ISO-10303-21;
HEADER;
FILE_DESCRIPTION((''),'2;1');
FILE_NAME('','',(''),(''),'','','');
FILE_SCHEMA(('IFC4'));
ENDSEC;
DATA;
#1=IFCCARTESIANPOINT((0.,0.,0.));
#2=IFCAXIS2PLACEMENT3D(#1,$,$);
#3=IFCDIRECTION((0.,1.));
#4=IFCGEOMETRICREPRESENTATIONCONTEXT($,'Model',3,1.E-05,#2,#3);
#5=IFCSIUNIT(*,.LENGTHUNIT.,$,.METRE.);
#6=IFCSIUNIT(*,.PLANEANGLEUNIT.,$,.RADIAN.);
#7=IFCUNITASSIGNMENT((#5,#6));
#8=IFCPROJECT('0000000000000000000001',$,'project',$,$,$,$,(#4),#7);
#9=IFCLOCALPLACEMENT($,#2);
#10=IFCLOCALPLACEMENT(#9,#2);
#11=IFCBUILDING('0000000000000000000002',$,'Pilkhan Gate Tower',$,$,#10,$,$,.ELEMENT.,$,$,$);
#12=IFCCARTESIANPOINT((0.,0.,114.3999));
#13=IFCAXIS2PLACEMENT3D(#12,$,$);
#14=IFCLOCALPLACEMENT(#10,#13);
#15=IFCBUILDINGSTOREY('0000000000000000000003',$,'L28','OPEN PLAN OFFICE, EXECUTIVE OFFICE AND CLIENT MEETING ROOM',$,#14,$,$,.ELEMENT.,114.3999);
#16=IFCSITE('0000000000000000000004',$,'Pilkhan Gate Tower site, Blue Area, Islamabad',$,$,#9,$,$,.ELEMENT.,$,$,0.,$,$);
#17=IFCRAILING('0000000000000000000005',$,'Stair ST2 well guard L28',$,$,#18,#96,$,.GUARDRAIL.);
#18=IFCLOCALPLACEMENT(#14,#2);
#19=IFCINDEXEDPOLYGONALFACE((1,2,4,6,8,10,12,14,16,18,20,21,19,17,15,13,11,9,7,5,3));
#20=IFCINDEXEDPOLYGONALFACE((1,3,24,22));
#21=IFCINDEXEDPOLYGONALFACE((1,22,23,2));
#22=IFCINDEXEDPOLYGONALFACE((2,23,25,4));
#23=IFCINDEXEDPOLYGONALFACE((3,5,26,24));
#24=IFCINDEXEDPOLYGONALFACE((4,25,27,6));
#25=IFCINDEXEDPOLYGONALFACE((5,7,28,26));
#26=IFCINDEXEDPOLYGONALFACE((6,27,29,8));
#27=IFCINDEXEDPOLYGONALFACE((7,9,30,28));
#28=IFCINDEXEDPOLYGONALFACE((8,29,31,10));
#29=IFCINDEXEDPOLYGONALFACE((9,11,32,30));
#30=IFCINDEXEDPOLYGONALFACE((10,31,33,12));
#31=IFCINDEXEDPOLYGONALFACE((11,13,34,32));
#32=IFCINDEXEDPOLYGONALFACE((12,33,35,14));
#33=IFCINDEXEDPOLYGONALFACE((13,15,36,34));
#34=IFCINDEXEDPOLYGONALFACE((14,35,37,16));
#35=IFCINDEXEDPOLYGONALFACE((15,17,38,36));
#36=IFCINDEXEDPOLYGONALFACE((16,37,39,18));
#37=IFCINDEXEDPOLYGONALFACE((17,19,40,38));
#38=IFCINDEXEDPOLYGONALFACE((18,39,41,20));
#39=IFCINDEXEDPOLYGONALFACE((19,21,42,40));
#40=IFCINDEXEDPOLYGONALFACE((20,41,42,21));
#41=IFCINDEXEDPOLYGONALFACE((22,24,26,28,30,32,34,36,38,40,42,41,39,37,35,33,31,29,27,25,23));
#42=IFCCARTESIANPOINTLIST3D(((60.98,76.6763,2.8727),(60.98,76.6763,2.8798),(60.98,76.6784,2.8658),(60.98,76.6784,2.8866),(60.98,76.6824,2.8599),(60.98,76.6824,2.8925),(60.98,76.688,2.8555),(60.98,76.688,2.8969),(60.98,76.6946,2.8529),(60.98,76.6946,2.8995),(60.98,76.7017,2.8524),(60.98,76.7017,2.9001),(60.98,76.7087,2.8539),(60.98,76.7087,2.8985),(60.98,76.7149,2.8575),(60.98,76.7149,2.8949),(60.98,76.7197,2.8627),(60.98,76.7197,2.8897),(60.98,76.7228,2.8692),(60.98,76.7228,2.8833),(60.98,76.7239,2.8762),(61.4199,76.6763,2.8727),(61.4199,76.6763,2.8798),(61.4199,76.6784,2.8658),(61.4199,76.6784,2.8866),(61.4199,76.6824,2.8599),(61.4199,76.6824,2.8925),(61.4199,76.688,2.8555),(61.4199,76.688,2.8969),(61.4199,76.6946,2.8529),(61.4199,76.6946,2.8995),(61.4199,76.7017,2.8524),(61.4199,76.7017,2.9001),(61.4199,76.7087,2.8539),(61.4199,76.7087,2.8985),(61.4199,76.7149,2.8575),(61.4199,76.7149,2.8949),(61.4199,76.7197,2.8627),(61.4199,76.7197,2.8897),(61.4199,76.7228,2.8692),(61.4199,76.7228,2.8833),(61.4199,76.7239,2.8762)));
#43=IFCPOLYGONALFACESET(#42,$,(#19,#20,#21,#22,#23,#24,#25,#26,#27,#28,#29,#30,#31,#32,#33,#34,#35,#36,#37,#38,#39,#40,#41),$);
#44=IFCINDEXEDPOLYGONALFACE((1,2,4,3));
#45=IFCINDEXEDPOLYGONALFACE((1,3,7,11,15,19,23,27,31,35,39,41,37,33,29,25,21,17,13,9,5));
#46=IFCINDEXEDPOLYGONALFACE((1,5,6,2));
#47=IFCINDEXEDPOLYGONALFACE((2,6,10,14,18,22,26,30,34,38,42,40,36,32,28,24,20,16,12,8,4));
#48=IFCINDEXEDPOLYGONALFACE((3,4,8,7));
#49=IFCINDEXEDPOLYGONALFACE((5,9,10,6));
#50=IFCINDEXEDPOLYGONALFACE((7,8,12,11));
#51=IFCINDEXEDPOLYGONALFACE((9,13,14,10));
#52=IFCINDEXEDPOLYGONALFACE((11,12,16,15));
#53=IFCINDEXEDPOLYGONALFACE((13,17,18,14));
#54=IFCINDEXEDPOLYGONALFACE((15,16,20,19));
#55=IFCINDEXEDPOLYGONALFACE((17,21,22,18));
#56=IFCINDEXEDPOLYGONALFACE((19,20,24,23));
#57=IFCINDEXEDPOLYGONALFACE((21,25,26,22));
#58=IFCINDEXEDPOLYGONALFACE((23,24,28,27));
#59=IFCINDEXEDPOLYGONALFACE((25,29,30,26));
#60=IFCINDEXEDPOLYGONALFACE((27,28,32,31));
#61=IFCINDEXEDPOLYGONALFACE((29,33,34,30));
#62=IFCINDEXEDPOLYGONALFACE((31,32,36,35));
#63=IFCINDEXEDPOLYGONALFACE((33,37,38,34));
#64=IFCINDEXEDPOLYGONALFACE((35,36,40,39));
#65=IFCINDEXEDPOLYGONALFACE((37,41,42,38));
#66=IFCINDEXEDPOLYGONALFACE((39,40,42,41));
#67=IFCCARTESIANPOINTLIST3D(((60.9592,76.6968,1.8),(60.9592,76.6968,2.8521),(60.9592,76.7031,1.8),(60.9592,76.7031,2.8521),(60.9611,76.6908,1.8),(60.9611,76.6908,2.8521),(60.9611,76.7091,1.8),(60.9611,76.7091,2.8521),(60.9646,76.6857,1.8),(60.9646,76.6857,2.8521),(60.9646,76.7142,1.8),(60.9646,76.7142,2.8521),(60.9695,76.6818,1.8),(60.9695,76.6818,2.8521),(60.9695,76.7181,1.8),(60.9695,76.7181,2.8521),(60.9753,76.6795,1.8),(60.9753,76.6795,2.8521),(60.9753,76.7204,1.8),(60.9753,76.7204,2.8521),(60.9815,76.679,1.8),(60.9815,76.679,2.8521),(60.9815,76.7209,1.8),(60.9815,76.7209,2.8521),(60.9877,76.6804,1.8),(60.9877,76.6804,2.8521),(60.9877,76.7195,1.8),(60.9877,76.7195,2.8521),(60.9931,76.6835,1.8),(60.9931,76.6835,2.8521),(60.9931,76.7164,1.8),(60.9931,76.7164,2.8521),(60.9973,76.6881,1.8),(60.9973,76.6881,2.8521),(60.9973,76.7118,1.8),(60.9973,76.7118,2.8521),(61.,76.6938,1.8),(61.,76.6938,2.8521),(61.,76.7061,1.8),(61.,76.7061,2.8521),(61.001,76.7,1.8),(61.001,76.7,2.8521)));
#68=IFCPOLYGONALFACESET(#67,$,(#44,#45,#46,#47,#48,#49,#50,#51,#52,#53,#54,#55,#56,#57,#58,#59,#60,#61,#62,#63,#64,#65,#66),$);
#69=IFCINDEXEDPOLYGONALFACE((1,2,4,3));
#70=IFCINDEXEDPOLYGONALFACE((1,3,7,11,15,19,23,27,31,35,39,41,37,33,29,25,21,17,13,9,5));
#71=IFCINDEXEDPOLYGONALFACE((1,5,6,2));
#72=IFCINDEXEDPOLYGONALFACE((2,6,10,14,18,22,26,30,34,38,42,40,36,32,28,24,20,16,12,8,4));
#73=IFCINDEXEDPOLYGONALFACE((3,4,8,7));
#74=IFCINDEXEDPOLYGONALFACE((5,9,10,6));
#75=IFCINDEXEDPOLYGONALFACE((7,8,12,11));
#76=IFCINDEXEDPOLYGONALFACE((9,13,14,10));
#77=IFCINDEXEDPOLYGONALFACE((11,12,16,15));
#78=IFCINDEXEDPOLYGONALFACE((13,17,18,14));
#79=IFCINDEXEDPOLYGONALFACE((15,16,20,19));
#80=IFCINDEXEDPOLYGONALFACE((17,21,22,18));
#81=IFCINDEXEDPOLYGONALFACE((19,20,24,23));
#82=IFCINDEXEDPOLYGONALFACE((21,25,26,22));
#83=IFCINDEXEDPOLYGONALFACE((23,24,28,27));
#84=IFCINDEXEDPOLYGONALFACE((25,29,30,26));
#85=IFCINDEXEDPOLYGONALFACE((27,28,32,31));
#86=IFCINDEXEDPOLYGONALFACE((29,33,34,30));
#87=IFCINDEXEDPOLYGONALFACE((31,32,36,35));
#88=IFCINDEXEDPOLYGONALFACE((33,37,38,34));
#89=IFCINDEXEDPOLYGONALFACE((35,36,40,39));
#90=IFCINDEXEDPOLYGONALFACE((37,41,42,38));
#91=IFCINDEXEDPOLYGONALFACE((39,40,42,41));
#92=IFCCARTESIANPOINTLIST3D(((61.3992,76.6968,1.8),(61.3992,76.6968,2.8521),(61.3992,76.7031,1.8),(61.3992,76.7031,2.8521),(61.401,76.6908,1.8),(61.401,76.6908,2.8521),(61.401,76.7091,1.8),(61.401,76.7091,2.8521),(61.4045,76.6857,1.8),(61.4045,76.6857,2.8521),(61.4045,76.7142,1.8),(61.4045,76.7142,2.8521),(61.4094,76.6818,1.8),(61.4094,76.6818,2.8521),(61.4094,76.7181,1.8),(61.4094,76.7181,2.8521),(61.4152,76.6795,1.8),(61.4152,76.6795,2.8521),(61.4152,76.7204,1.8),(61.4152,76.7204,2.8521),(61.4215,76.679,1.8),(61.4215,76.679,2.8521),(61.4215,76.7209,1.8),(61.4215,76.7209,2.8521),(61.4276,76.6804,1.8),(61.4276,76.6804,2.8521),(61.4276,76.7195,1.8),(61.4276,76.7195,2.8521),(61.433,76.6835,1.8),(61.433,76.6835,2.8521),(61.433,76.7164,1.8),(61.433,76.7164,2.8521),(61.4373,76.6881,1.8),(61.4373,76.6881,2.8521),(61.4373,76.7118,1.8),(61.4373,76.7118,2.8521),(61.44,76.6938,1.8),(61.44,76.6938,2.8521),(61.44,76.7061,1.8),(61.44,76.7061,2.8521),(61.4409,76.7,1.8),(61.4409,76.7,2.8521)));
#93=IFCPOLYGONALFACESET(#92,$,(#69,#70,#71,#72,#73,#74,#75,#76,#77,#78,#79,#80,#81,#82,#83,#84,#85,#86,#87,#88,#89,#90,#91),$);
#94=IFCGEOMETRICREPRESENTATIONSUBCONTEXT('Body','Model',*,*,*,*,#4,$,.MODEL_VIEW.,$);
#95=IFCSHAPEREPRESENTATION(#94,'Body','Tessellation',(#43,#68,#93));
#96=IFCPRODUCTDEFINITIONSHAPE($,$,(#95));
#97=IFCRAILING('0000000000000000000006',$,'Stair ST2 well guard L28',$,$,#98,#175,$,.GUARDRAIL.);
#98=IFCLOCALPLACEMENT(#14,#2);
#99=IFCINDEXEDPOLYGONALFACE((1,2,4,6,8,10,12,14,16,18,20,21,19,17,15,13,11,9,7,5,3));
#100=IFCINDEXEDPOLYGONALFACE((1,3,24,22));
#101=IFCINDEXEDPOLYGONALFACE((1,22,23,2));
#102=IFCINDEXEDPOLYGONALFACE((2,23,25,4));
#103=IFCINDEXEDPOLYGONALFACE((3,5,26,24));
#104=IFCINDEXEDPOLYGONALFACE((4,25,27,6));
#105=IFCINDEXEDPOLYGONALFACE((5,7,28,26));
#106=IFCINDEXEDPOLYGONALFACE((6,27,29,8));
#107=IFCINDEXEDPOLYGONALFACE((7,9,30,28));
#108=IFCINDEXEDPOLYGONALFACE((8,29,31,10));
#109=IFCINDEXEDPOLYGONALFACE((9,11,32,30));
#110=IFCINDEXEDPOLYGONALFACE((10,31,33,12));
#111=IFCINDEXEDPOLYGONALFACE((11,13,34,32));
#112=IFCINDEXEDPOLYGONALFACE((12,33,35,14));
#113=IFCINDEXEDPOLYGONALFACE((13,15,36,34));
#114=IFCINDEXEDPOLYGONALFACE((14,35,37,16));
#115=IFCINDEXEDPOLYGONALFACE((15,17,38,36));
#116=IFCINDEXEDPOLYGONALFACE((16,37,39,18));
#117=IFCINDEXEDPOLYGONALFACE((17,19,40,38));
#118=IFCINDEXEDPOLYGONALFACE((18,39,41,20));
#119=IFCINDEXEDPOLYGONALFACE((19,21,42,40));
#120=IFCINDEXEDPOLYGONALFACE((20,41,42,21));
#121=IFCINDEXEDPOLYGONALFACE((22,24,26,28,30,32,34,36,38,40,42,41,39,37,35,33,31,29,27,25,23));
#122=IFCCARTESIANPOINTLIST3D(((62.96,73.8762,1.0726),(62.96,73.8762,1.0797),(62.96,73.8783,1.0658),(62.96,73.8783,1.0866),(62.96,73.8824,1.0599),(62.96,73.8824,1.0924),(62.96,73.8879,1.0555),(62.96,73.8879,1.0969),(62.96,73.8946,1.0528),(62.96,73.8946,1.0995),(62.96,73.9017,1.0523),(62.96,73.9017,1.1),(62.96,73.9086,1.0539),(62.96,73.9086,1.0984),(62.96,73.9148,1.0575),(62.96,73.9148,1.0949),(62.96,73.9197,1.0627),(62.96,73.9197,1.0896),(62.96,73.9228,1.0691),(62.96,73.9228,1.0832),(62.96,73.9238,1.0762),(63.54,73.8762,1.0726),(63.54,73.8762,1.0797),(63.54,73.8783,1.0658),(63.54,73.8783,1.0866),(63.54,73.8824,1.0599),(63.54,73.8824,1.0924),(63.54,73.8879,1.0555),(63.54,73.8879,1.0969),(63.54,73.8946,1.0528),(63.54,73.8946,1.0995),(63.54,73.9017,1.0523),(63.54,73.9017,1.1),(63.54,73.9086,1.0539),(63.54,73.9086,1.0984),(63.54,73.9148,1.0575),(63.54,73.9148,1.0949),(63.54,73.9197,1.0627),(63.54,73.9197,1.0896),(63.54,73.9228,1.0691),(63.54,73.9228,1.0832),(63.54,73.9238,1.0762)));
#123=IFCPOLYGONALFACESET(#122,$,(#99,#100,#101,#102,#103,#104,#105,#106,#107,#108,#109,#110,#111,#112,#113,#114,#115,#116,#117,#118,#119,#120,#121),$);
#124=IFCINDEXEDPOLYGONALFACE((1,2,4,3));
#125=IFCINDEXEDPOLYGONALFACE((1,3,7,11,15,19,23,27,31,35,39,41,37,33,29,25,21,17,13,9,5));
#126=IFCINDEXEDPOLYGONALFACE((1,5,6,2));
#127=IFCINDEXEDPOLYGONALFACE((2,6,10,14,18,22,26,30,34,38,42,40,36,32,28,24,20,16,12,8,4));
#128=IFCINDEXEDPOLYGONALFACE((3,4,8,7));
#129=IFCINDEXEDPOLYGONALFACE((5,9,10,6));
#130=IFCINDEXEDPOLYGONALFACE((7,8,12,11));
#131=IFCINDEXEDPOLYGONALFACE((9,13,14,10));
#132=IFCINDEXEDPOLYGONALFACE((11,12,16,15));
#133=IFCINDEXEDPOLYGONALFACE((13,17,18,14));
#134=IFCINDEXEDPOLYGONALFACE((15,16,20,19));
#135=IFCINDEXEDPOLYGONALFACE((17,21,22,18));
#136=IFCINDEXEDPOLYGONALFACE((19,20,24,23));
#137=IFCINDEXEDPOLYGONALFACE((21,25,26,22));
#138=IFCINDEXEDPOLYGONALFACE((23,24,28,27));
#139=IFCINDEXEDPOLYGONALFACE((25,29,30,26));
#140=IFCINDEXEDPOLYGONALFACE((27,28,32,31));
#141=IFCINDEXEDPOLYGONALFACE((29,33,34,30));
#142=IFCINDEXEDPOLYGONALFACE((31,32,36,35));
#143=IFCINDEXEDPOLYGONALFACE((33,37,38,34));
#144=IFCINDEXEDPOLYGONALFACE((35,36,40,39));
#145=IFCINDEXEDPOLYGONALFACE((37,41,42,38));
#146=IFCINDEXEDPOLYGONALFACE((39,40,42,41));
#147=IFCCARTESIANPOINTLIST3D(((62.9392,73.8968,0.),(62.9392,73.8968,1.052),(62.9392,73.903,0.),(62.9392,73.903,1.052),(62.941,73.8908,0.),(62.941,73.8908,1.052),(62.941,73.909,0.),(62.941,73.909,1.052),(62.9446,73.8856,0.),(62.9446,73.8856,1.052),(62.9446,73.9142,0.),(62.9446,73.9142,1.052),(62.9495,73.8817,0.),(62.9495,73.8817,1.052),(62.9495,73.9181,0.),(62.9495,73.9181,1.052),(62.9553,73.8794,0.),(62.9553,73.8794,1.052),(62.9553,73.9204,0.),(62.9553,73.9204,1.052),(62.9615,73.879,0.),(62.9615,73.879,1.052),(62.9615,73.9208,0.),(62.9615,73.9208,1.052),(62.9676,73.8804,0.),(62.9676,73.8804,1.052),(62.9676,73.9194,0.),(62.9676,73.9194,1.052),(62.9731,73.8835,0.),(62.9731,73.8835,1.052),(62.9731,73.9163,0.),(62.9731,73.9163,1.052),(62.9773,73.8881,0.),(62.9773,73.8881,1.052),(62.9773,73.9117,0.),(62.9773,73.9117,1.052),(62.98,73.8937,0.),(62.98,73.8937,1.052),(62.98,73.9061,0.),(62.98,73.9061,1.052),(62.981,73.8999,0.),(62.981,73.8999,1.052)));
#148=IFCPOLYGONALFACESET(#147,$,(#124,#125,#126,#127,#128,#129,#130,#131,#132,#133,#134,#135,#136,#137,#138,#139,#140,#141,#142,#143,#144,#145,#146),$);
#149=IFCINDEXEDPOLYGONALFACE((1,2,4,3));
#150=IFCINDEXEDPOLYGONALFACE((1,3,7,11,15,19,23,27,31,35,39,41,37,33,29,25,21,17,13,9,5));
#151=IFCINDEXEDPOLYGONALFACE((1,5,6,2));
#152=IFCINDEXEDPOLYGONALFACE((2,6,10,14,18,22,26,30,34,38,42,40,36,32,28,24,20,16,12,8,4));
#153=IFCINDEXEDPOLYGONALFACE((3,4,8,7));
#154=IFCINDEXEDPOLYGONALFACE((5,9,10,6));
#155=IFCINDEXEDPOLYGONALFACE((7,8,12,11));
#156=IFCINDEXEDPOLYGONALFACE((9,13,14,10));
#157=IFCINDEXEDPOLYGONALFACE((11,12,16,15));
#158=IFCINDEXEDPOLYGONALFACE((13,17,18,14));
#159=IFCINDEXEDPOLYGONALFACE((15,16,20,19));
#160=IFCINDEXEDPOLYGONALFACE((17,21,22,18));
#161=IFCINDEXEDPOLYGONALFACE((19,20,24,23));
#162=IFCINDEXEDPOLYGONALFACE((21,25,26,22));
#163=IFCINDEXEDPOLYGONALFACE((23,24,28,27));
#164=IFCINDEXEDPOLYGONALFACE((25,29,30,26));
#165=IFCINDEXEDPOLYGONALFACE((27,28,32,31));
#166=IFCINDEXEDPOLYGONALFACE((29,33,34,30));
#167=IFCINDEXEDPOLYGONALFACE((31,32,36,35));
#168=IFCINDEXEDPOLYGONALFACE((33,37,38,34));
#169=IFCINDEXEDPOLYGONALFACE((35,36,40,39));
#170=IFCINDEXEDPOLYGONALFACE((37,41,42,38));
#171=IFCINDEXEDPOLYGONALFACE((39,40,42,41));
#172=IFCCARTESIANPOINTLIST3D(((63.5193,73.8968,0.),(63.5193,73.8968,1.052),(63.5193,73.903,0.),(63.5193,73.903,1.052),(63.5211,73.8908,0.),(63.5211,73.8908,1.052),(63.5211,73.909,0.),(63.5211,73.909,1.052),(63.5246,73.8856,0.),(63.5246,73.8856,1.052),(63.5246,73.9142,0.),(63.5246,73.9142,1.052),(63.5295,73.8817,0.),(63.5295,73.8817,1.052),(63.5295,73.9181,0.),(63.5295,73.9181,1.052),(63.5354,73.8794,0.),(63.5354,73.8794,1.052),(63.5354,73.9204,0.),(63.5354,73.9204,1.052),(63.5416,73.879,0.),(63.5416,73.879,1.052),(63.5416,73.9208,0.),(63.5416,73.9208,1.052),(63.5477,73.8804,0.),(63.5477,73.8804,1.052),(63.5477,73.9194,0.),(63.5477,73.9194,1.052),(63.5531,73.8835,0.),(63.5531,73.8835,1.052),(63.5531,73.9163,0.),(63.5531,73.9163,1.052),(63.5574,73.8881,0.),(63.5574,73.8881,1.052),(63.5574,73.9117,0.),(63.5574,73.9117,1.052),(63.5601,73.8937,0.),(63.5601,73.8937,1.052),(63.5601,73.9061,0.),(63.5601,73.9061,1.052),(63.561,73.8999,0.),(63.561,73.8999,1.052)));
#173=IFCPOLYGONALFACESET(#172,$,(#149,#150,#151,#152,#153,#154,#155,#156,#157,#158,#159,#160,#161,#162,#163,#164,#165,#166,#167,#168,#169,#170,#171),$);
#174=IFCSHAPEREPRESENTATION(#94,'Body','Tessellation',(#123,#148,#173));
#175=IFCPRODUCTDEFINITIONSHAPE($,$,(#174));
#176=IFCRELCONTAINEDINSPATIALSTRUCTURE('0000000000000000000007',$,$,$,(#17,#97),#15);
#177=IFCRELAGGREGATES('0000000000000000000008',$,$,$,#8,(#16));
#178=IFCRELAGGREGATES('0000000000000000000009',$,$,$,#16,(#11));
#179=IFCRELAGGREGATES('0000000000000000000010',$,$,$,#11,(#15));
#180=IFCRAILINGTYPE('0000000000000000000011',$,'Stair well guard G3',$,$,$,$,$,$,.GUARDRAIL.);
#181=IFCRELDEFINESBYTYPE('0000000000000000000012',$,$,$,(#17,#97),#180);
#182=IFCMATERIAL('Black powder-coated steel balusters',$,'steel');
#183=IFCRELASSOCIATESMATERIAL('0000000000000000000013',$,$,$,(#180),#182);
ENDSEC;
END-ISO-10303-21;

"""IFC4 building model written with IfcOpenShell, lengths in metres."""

from ifc_helpers import new_model, si_unit, direction, frame, origin, origin_2d, place, context, subcontext, project, spatial, circle, extrude, material, type_object, element, save


model = new_model("IFC4")

# Units and contexts
model_context = context("Model", 3, precision=1e-05, world=origin(), true_north=direction((0.0, 1.0)))
body_context = subcontext(model_context, "Body", "Model", "MODEL_VIEW")
ifc_project = project(units=[si_unit("LENGTHUNIT", "METRE"), si_unit("PLANEANGLEUNIT", "RADIAN")], contexts=[model_context])

# Site, building, storey
site_placement = place(None, origin())
site = spatial("IfcSite", under=ifc_project, at=site_placement, Name="Pilkhan Gate Tower site, Blue Area, Islamabad", CompositionType="ELEMENT", RefElevation=0.0)
building_placement = place(site_placement, origin())
building = spatial("IfcBuilding", under=site, at=building_placement, Name="Pilkhan Gate Tower", CompositionType="ELEMENT")
storey_placement = place(building_placement, frame((0.0, 0.0, 114.3999)))
storey = spatial("IfcBuildingStorey", under=building, at=storey_placement, Name="L28", Description="OPEN PLAN OFFICE, EXECUTIVE OFFICE AND CLIENT MEETING ROOM", CompositionType="ELEMENT", Elevation=114.3999)

# Railings
ifc_material_1 = material(Name="Black powder-coated steel balusters", Category="steel")
railing_type_1 = type_object("IfcRailingType", Name="Stair well guard G3", PredefinedType="GUARDRAIL", material=ifc_material_1)
railing_1_placement = place(storey_placement, frame((60.98, 76.7, 1.8)))
element("IfcRailing", 1, at=railing_1_placement, inside=storey, type_object=railing_type_1, Name="Stair ST2 well guard L28", PredefinedType="GUARDRAIL", context=body_context, shape_type="SweptSolid", body=[
    extrude(circle(Radius=0.0239, at=origin_2d()), frame((0.0, 0.0, 1.0762), z_axis=(1.0, 0.0, 0.0), x_axis=(0.0, 1.0, 0.0)), (0.0, 0.0, 1.0), 0.4399),
    extrude(circle(Radius=0.021, at=origin_2d()), origin(), (0.0, 0.0, 1.0), 1.052),
    extrude(circle(Radius=0.021, at=origin_2d()), frame((0.4399, 0.0, 0.0)), (0.0, 0.0, 1.0), 1.052),
])
for number, where, name in (
    (2, (62.96, 73.8999, 0.0), "Stair ST2 well guard L28"),
):
    element("IfcRailing", number, at=place(storey_placement, frame(where)), inside=storey, type_object=railing_type_1, Name=name, PredefinedType="GUARDRAIL", context=body_context, shape_type="SweptSolid", body=[
        extrude(circle(Radius=0.0239, at=origin_2d()), frame((0.0, 0.0, 1.0762), z_axis=(1.0, 0.0, 0.0), x_axis=(0.0, 1.0, 0.0)), (0.0, 0.0, 1.0), 0.5801),
        extrude(circle(Radius=0.021, at=origin_2d()), origin(), (0.0, 0.0, 1.0), 1.052),
        extrude(circle(Radius=0.021, at=origin_2d()), frame((0.5801, 0.0, 0.0)), (0.0, 0.0, 1.0), 1.052),
    ])

save(model, "model.ifc")
